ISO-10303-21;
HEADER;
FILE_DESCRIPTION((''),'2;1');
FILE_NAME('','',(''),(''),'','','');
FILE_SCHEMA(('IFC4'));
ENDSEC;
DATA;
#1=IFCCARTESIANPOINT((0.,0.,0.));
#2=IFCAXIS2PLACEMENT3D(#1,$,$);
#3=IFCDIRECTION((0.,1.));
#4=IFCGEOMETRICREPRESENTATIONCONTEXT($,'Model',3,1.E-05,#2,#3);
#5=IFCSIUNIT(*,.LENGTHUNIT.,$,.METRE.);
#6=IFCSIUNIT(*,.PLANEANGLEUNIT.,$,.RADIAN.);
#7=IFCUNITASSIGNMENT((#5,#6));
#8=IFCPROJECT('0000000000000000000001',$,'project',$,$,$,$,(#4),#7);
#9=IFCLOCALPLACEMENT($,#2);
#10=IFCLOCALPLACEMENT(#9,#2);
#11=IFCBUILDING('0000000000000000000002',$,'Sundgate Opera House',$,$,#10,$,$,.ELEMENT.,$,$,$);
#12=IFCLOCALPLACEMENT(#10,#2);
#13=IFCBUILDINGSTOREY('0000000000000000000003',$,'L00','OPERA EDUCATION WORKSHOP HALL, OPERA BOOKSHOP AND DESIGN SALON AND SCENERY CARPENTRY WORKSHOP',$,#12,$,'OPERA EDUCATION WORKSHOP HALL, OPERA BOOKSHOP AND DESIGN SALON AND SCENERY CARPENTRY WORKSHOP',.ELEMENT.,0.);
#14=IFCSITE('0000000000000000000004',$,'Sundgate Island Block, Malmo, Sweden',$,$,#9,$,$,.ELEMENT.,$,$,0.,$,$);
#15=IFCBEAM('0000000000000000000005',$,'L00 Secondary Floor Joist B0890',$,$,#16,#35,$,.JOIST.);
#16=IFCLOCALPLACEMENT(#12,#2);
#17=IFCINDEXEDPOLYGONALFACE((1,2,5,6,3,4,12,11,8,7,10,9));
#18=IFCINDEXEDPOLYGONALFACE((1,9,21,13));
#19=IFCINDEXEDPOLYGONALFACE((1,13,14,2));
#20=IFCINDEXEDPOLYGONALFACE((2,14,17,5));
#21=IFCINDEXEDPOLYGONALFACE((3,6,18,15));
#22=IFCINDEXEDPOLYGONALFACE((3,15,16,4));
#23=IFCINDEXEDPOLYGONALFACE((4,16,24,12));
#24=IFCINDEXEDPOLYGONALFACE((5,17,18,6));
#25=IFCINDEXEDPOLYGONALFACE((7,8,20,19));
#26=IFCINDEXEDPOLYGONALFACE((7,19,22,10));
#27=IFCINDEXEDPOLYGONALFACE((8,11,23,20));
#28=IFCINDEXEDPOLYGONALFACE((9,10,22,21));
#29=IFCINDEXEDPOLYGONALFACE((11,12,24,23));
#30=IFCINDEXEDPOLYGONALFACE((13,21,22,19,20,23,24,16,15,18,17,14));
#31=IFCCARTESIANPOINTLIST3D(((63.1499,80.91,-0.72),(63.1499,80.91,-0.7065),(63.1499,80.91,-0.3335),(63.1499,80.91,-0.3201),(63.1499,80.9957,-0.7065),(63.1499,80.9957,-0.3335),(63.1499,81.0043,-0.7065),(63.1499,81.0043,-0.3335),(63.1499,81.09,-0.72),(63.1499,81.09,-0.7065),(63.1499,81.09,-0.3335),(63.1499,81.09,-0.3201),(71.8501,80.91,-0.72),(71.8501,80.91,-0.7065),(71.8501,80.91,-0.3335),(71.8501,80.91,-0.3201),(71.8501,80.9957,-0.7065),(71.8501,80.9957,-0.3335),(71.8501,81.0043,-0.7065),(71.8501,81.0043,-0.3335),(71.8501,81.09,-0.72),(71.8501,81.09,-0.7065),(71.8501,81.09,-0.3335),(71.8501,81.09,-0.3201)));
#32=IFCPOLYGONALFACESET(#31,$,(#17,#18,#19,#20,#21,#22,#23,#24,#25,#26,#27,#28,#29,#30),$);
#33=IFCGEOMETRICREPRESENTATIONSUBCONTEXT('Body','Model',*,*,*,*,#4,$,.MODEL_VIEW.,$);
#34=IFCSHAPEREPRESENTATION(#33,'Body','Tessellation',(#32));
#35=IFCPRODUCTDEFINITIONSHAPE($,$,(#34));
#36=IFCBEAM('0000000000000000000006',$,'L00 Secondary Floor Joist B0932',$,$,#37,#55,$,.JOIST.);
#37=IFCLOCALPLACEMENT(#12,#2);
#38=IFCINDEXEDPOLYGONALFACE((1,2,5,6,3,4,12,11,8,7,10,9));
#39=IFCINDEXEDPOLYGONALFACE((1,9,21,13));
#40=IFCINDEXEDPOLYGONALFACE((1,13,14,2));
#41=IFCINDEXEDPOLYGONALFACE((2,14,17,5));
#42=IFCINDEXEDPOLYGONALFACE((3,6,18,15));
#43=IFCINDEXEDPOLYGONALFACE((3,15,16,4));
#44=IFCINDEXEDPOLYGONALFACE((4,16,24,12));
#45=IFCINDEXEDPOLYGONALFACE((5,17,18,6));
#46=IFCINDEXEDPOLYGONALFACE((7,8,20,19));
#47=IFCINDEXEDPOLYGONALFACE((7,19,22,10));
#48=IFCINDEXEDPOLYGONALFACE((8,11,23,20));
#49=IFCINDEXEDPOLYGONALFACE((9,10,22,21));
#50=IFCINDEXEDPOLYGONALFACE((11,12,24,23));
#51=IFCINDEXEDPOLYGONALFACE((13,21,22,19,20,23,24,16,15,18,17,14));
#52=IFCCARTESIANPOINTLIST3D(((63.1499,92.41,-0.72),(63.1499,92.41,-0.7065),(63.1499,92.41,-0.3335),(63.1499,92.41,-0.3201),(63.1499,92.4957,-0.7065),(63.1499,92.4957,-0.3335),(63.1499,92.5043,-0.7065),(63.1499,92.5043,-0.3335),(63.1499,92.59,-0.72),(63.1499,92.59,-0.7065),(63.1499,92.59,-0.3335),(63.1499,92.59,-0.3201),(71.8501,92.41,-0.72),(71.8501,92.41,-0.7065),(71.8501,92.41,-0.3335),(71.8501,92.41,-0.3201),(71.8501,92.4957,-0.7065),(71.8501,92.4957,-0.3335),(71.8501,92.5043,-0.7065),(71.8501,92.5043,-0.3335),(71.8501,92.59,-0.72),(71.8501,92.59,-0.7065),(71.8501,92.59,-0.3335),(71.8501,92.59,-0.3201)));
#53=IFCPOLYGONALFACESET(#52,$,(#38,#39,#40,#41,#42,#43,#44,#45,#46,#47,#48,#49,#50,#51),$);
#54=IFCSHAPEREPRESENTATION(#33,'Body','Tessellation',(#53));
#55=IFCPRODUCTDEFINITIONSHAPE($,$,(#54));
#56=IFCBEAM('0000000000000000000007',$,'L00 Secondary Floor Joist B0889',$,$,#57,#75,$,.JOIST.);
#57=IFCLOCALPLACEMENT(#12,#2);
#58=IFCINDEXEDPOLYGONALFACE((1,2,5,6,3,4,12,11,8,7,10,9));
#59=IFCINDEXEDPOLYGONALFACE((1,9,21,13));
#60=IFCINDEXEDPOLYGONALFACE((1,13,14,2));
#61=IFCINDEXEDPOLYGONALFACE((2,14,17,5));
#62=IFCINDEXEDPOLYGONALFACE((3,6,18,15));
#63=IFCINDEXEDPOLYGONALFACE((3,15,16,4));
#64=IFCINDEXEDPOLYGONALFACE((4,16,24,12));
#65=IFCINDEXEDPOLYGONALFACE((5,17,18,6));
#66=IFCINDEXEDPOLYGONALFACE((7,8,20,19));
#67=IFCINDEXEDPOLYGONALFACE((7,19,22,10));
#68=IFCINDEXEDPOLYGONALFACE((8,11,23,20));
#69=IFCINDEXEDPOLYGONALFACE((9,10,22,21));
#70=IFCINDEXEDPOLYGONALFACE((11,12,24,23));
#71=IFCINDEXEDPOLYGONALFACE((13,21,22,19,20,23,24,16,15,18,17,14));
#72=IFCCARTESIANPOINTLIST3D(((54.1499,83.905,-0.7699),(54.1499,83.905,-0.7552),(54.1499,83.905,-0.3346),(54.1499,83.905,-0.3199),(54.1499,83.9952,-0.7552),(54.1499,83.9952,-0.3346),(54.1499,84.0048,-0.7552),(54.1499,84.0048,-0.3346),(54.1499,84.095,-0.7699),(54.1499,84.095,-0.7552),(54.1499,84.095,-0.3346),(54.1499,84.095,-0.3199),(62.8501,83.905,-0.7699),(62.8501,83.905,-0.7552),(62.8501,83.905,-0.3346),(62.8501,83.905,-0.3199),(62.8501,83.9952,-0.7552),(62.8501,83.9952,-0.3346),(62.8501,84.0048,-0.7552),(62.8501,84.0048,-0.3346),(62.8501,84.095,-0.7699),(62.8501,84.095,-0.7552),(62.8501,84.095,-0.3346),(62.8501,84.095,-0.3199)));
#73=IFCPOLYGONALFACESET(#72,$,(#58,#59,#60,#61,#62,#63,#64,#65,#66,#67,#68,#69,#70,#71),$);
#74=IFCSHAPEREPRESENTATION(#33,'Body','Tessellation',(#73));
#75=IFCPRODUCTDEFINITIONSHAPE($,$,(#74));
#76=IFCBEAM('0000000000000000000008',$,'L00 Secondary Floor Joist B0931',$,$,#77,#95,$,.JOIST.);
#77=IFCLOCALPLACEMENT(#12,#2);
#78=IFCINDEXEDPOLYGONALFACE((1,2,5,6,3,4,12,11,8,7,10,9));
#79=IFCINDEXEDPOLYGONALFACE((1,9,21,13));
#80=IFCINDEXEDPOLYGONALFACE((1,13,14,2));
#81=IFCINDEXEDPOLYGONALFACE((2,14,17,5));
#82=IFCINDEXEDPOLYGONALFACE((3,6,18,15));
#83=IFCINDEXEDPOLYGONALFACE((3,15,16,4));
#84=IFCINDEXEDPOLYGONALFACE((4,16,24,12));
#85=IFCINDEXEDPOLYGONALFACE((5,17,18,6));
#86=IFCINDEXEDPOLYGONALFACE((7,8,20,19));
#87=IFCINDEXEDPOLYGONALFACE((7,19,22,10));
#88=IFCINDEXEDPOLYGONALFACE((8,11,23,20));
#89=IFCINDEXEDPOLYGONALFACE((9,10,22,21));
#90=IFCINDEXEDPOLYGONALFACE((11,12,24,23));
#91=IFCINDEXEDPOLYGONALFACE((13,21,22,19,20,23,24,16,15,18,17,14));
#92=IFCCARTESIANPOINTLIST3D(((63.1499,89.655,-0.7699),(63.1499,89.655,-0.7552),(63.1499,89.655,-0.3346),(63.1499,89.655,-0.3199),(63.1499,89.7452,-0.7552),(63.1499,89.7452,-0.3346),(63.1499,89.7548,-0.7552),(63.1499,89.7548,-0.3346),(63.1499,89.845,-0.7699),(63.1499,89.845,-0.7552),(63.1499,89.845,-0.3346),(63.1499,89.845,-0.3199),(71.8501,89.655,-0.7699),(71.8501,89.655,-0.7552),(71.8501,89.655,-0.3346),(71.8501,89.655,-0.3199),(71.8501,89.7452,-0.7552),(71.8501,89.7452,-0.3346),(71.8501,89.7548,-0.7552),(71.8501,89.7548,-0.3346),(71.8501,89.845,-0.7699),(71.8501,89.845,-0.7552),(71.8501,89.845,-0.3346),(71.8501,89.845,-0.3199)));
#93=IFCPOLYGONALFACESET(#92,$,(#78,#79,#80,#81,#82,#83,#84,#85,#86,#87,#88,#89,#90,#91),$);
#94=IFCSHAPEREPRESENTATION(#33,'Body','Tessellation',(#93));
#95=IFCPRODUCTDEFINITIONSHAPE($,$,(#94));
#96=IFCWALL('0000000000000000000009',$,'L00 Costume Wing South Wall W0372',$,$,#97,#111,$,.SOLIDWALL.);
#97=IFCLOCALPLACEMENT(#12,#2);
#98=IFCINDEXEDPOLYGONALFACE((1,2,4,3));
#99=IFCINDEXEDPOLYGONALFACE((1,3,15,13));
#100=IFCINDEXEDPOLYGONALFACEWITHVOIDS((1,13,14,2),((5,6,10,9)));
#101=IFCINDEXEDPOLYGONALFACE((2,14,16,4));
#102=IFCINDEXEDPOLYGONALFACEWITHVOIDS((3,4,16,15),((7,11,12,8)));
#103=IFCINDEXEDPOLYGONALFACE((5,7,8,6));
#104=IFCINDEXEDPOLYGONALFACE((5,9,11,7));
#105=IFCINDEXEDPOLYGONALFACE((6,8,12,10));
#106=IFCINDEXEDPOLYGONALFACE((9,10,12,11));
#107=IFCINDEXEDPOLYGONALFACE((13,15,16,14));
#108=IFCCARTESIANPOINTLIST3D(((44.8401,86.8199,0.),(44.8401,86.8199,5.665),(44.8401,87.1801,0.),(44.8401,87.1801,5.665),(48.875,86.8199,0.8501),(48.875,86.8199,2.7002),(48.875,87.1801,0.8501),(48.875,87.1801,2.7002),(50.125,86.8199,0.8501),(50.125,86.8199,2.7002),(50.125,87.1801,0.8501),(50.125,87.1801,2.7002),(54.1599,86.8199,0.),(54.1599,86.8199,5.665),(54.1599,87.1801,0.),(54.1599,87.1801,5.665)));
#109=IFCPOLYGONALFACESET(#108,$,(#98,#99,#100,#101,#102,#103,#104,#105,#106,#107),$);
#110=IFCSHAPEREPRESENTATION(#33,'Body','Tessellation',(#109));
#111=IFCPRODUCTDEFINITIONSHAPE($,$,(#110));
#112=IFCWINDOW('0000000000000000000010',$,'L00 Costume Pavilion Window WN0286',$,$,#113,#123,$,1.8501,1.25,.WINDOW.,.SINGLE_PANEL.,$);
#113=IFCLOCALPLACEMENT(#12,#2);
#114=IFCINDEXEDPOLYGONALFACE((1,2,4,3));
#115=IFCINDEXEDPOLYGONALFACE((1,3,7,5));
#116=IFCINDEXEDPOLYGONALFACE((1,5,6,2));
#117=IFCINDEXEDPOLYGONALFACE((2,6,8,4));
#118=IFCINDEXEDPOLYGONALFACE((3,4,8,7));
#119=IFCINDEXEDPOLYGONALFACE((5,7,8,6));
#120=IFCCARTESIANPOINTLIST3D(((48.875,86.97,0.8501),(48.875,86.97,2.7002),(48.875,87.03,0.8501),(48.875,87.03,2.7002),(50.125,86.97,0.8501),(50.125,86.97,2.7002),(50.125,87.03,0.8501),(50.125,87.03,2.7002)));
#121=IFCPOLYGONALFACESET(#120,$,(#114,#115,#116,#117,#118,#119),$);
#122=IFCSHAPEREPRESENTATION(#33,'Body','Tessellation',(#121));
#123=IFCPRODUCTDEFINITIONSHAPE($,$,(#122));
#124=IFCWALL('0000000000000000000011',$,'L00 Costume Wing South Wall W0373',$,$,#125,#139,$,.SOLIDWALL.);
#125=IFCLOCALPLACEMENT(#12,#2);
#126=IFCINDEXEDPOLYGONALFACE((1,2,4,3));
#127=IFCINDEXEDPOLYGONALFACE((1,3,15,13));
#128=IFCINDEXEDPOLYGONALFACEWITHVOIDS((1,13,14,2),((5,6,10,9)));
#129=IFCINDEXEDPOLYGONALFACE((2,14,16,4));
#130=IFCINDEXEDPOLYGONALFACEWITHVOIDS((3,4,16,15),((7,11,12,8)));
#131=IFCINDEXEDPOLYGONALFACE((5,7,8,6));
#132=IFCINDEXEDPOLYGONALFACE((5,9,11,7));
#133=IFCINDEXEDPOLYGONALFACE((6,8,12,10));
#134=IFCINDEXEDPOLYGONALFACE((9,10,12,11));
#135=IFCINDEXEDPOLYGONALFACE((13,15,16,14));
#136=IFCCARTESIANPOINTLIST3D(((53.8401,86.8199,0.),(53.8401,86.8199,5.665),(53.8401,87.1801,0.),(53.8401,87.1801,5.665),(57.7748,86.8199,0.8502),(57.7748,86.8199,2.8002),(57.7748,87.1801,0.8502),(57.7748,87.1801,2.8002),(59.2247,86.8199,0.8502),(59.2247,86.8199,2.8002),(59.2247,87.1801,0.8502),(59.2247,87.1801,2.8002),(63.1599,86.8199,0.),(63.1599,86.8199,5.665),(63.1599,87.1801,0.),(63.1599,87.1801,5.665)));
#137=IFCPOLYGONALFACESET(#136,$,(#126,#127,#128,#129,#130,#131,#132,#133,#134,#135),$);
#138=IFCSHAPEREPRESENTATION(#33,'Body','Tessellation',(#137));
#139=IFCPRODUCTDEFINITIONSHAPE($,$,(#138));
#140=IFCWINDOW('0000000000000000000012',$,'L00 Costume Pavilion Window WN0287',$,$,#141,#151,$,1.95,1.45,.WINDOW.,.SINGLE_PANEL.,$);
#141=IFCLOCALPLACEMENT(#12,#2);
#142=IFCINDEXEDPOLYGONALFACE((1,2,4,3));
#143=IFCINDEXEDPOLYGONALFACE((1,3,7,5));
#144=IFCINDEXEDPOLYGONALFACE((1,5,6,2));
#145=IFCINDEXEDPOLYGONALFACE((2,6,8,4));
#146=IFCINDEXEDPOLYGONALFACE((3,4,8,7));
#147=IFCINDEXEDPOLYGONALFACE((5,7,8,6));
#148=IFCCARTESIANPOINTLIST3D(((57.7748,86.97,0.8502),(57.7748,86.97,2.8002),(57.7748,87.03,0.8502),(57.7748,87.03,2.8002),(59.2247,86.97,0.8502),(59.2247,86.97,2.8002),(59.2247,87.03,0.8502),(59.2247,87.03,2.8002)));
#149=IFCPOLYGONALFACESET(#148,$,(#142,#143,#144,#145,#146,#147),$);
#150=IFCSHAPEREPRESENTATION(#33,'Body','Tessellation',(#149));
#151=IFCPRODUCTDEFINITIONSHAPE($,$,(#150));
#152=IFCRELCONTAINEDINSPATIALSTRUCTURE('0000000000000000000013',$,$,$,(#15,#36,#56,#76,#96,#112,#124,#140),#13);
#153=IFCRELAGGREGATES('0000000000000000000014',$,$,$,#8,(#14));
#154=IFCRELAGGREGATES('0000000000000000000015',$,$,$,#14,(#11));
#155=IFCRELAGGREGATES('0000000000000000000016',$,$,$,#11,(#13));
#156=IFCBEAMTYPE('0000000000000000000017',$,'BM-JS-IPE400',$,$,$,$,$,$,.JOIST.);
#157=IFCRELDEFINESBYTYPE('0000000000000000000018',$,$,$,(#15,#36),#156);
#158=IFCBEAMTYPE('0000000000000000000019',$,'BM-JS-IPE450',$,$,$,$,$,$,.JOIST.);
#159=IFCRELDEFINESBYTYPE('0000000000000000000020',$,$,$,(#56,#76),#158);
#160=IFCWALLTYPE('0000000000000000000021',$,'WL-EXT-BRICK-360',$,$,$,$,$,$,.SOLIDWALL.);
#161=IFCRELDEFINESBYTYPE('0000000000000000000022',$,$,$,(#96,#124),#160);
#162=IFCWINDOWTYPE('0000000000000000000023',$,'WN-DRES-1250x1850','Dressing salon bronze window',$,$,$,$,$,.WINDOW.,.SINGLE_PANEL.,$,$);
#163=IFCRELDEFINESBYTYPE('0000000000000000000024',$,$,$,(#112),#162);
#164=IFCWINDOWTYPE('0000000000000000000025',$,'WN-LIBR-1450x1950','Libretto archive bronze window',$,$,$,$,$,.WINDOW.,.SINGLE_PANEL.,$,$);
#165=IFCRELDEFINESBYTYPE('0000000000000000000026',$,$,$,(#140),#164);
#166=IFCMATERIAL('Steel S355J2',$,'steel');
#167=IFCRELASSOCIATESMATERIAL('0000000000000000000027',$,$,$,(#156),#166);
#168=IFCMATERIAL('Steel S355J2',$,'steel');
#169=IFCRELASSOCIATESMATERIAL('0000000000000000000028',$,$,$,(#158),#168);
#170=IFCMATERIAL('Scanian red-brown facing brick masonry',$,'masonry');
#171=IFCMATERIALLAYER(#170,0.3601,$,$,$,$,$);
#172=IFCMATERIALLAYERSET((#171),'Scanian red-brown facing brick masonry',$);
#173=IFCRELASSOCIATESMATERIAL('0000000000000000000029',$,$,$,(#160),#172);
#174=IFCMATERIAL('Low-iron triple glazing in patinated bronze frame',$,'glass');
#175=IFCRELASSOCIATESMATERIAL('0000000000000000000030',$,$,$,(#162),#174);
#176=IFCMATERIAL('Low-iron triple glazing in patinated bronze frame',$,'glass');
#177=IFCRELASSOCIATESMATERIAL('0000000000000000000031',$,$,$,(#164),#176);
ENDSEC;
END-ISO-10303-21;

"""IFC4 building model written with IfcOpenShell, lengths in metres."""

from ifc_helpers import new_model, si_unit, direction, frame, frame_2d, origin, origin_2d, place, context, subcontext, project, spatial, rectangle, i_section, extrude, material, layer, layer_set, material_profile, profile_set, type_object, element, fill, save


model = new_model("IFC4")

# Units and contexts
model_context = context("Model", 3, precision=1e-05, world=origin(), true_north=direction((0.0, 1.0)))
body_context = subcontext(model_context, "Body", "Model", "MODEL_VIEW")
ifc_project = project(units=[si_unit("LENGTHUNIT", "METRE"), si_unit("PLANEANGLEUNIT", "RADIAN")], contexts=[model_context])

# Site, building, storey
site_placement = place(None, origin())
site = spatial("IfcSite", under=ifc_project, at=site_placement, Name="Sundgate Island Block, Malmo, Sweden", CompositionType="ELEMENT", RefElevation=0.0)
building_placement = place(site_placement, origin())
building = spatial("IfcBuilding", under=site, at=building_placement, Name="Sundgate Opera House", CompositionType="ELEMENT")
storey_placement = place(building_placement, origin())
storey = spatial("IfcBuildingStorey", under=building, at=storey_placement, Name="L00", Description="OPERA EDUCATION WORKSHOP HALL, OPERA BOOKSHOP AND DESIGN SALON AND SCENERY CARPENTRY WORKSHOP", LongName="OPERA EDUCATION WORKSHOP HALL, OPERA BOOKSHOP AND DESIGN SALON AND SCENERY CARPENTRY WORKSHOP", CompositionType="ELEMENT", Elevation=0.0)

# Beams
ifc_material_1 = material(Name="Steel S355J2", Category="steel")
ifc_material_profile_1 = material_profile(ifc_material_1, i_section(OverallWidth=0.1799, OverallDepth=0.3999, WebThickness=0.0085, FlangeThickness=0.0134, at=origin_2d()), Name="IPE 400")
ifc_profile_set_1 = profile_set([ifc_material_profile_1], Name="Steel S355J2")
beam_type_1 = type_object("IfcBeamType", Name="BM-JS-IPE400", PredefinedType="JOIST", material=ifc_profile_set_1)
for number, where, z_axis, x_axis, name in (
    (1, (63.1499, 81.0, -0.52), (1.0, 0.0, 0.0), (0.0, 1.0, 0.0), "L00 Secondary Floor Joist B0890"),
    (2, (63.1499, 92.5, -0.52), (1.0, 0.0, 0.0), (0.0, 1.0, 0.0), "L00 Secondary Floor Joist B0932"),
):
    element("IfcBeam", number, at=place(storey_placement, frame(where, z_axis=z_axis, x_axis=x_axis)), inside=storey, type_object=beam_type_1, Name=name, PredefinedType="JOIST", context=body_context, shape_type="SweptSolid", body=[
        extrude(i_section(OverallWidth=0.1799, OverallDepth=0.3999, WebThickness=0.0085, FlangeThickness=0.0134, at=origin_2d()), origin(), (0.0, 0.0, 1.0), 8.7002),
    ])
ifc_material_2 = material(Name="Steel S355J2", Category="steel")
ifc_material_profile_2 = material_profile(ifc_material_2, i_section(OverallWidth=0.1899, OverallDepth=0.45, WebThickness=0.0095, FlangeThickness=0.0146, at=origin_2d()), Name="IPE 450")
ifc_profile_set_2 = profile_set([ifc_material_profile_2], Name="Steel S355J2")
beam_type_2 = type_object("IfcBeamType", Name="BM-JS-IPE450", PredefinedType="JOIST", material=ifc_profile_set_2)
for number, where, z_axis, x_axis, name in (
    (3, (54.1499, 84.0, -0.5449), (1.0, 0.0, 0.0), (0.0, 1.0, 0.0), "L00 Secondary Floor Joist B0889"),
    (4, (63.1499, 89.75, -0.5449), (1.0, 0.0, 0.0), (0.0, 1.0, 0.0), "L00 Secondary Floor Joist B0931"),
):
    element("IfcBeam", number, at=place(storey_placement, frame(where, z_axis=z_axis, x_axis=x_axis)), inside=storey, type_object=beam_type_2, Name=name, PredefinedType="JOIST", context=body_context, shape_type="SweptSolid", body=[
        extrude(i_section(OverallWidth=0.1899, OverallDepth=0.45, WebThickness=0.0095, FlangeThickness=0.0146, at=origin_2d()), origin(), (0.0, 0.0, 1.0), 8.7002),
    ])

# Walls, openings, windows
ifc_material_3 = material(Name="Scanian red-brown facing brick masonry", Category="masonry")
ifc_layer = layer(ifc_material_3, 0.3601)
ifc_layer_set = layer_set([ifc_layer], Name="Scanian red-brown facing brick masonry")
wall_type = type_object("IfcWallType", Name="WL-EXT-BRICK-360", PredefinedType="SOLIDWALL", material=ifc_layer_set)
wall_1_placement = place(storey_placement, frame((54.1599, 87.0, 0.0), z_axis=(0.0, 0.0, 1.0), x_axis=(-1.0, 0.0, 0.0)))
wall_1 = element("IfcWall", 5, at=wall_1_placement, inside=storey, type_object=wall_type, Name="L00 Costume Wing South Wall W0372", PredefinedType="SOLIDWALL", context=body_context, shape_type="SweptSolid", body=[
    extrude(rectangle(XDim=9.3198, YDim=0.3601, at=frame_2d((4.6599, 0.0))), origin(), (0.0, 0.0, 1.0), 5.665),
])
opening_1_placement = place(wall_1_placement, frame((4.0349, 0.0, 0.8501)))
opening_1 = element("IfcOpeningElement", 6, at=opening_1_placement, cuts=wall_1, PredefinedType="OPENING", context=body_context, shape_type="SweptSolid", body=[
    extrude(rectangle(XDim=1.25, YDim=1.8501, at=frame_2d((0.625, 0.925))), frame((0.0, 0.1899, 0.0), z_axis=(0.0, -1.0, 0.0), x_axis=(1.0, 0.0, 0.0)), (0.0, 0.0, 1.0), 0.3801),
])
ifc_material_4 = material(Name="Low-iron triple glazing in patinated bronze frame", Category="glass")
window_type_1 = type_object("IfcWindowType", Name="WN-DRES-1250x1850", Description="Dressing salon bronze window", PartitioningType="SINGLE_PANEL", PredefinedType="WINDOW", material=ifc_material_4)
window_1_placement = place(opening_1_placement, origin())
window_1 = element("IfcWindow", 7, at=window_1_placement, inside=storey, type_object=window_type_1, Name="L00 Costume Pavilion Window WN0286", OverallHeight=1.8501, OverallWidth=1.25, PartitioningType="SINGLE_PANEL", PredefinedType="WINDOW", context=body_context, shape_type="SweptSolid", body=[
    extrude(rectangle(XDim=1.25, YDim=1.8501, at=frame_2d((0.625, 0.925))), frame((0.0, 0.03, 0.0), z_axis=(0.0, -1.0, 0.0), x_axis=(1.0, 0.0, 0.0)), (0.0, 0.0, 1.0), 0.0601),
])
fill(opening_1, window_1)
wall_2_placement = place(storey_placement, frame((63.1599, 87.0, 0.0), z_axis=(0.0, 0.0, 1.0), x_axis=(-1.0, 0.0, 0.0)))
wall_2 = element("IfcWall", 8, at=wall_2_placement, inside=storey, type_object=wall_type, Name="L00 Costume Wing South Wall W0373", PredefinedType="SOLIDWALL", context=body_context, shape_type="SweptSolid", body=[
    extrude(rectangle(XDim=9.3198, YDim=0.3601, at=frame_2d((4.6599, 0.0))), origin(), (0.0, 0.0, 1.0), 5.665),
])
opening_2_placement = place(wall_2_placement, frame((3.9351, 0.0, 0.8501)))
opening_2 = element("IfcOpeningElement", 9, at=opening_2_placement, cuts=wall_2, PredefinedType="OPENING", context=body_context, shape_type="SweptSolid", body=[
    extrude(rectangle(XDim=1.45, YDim=1.95, at=frame_2d((0.7251, 0.9751))), frame((0.0, 0.1899, 0.0), z_axis=(0.0, -1.0, 0.0), x_axis=(1.0, 0.0, 0.0)), (0.0, 0.0, 1.0), 0.3801),
])
ifc_material_5 = material(Name="Low-iron triple glazing in patinated bronze frame", Category="glass")
window_type_2 = type_object("IfcWindowType", Name="WN-LIBR-1450x1950", Description="Libretto archive bronze window", PartitioningType="SINGLE_PANEL", PredefinedType="WINDOW", material=ifc_material_5)
window_2_placement = place(opening_2_placement, origin())
window_2 = element("IfcWindow", 10, at=window_2_placement, inside=storey, type_object=window_type_2, Name="L00 Costume Pavilion Window WN0287", OverallHeight=1.95, OverallWidth=1.45, PartitioningType="SINGLE_PANEL", PredefinedType="WINDOW", context=body_context, shape_type="SweptSolid", body=[
    extrude(rectangle(XDim=1.45, YDim=1.95, at=frame_2d((0.7251, 0.9751))), frame((0.0, 0.03, 0.0), z_axis=(0.0, -1.0, 0.0), x_axis=(1.0, 0.0, 0.0)), (0.0, 0.0, 1.0), 0.0601),
])
fill(opening_2, window_2)

save(model, "model.ifc")
